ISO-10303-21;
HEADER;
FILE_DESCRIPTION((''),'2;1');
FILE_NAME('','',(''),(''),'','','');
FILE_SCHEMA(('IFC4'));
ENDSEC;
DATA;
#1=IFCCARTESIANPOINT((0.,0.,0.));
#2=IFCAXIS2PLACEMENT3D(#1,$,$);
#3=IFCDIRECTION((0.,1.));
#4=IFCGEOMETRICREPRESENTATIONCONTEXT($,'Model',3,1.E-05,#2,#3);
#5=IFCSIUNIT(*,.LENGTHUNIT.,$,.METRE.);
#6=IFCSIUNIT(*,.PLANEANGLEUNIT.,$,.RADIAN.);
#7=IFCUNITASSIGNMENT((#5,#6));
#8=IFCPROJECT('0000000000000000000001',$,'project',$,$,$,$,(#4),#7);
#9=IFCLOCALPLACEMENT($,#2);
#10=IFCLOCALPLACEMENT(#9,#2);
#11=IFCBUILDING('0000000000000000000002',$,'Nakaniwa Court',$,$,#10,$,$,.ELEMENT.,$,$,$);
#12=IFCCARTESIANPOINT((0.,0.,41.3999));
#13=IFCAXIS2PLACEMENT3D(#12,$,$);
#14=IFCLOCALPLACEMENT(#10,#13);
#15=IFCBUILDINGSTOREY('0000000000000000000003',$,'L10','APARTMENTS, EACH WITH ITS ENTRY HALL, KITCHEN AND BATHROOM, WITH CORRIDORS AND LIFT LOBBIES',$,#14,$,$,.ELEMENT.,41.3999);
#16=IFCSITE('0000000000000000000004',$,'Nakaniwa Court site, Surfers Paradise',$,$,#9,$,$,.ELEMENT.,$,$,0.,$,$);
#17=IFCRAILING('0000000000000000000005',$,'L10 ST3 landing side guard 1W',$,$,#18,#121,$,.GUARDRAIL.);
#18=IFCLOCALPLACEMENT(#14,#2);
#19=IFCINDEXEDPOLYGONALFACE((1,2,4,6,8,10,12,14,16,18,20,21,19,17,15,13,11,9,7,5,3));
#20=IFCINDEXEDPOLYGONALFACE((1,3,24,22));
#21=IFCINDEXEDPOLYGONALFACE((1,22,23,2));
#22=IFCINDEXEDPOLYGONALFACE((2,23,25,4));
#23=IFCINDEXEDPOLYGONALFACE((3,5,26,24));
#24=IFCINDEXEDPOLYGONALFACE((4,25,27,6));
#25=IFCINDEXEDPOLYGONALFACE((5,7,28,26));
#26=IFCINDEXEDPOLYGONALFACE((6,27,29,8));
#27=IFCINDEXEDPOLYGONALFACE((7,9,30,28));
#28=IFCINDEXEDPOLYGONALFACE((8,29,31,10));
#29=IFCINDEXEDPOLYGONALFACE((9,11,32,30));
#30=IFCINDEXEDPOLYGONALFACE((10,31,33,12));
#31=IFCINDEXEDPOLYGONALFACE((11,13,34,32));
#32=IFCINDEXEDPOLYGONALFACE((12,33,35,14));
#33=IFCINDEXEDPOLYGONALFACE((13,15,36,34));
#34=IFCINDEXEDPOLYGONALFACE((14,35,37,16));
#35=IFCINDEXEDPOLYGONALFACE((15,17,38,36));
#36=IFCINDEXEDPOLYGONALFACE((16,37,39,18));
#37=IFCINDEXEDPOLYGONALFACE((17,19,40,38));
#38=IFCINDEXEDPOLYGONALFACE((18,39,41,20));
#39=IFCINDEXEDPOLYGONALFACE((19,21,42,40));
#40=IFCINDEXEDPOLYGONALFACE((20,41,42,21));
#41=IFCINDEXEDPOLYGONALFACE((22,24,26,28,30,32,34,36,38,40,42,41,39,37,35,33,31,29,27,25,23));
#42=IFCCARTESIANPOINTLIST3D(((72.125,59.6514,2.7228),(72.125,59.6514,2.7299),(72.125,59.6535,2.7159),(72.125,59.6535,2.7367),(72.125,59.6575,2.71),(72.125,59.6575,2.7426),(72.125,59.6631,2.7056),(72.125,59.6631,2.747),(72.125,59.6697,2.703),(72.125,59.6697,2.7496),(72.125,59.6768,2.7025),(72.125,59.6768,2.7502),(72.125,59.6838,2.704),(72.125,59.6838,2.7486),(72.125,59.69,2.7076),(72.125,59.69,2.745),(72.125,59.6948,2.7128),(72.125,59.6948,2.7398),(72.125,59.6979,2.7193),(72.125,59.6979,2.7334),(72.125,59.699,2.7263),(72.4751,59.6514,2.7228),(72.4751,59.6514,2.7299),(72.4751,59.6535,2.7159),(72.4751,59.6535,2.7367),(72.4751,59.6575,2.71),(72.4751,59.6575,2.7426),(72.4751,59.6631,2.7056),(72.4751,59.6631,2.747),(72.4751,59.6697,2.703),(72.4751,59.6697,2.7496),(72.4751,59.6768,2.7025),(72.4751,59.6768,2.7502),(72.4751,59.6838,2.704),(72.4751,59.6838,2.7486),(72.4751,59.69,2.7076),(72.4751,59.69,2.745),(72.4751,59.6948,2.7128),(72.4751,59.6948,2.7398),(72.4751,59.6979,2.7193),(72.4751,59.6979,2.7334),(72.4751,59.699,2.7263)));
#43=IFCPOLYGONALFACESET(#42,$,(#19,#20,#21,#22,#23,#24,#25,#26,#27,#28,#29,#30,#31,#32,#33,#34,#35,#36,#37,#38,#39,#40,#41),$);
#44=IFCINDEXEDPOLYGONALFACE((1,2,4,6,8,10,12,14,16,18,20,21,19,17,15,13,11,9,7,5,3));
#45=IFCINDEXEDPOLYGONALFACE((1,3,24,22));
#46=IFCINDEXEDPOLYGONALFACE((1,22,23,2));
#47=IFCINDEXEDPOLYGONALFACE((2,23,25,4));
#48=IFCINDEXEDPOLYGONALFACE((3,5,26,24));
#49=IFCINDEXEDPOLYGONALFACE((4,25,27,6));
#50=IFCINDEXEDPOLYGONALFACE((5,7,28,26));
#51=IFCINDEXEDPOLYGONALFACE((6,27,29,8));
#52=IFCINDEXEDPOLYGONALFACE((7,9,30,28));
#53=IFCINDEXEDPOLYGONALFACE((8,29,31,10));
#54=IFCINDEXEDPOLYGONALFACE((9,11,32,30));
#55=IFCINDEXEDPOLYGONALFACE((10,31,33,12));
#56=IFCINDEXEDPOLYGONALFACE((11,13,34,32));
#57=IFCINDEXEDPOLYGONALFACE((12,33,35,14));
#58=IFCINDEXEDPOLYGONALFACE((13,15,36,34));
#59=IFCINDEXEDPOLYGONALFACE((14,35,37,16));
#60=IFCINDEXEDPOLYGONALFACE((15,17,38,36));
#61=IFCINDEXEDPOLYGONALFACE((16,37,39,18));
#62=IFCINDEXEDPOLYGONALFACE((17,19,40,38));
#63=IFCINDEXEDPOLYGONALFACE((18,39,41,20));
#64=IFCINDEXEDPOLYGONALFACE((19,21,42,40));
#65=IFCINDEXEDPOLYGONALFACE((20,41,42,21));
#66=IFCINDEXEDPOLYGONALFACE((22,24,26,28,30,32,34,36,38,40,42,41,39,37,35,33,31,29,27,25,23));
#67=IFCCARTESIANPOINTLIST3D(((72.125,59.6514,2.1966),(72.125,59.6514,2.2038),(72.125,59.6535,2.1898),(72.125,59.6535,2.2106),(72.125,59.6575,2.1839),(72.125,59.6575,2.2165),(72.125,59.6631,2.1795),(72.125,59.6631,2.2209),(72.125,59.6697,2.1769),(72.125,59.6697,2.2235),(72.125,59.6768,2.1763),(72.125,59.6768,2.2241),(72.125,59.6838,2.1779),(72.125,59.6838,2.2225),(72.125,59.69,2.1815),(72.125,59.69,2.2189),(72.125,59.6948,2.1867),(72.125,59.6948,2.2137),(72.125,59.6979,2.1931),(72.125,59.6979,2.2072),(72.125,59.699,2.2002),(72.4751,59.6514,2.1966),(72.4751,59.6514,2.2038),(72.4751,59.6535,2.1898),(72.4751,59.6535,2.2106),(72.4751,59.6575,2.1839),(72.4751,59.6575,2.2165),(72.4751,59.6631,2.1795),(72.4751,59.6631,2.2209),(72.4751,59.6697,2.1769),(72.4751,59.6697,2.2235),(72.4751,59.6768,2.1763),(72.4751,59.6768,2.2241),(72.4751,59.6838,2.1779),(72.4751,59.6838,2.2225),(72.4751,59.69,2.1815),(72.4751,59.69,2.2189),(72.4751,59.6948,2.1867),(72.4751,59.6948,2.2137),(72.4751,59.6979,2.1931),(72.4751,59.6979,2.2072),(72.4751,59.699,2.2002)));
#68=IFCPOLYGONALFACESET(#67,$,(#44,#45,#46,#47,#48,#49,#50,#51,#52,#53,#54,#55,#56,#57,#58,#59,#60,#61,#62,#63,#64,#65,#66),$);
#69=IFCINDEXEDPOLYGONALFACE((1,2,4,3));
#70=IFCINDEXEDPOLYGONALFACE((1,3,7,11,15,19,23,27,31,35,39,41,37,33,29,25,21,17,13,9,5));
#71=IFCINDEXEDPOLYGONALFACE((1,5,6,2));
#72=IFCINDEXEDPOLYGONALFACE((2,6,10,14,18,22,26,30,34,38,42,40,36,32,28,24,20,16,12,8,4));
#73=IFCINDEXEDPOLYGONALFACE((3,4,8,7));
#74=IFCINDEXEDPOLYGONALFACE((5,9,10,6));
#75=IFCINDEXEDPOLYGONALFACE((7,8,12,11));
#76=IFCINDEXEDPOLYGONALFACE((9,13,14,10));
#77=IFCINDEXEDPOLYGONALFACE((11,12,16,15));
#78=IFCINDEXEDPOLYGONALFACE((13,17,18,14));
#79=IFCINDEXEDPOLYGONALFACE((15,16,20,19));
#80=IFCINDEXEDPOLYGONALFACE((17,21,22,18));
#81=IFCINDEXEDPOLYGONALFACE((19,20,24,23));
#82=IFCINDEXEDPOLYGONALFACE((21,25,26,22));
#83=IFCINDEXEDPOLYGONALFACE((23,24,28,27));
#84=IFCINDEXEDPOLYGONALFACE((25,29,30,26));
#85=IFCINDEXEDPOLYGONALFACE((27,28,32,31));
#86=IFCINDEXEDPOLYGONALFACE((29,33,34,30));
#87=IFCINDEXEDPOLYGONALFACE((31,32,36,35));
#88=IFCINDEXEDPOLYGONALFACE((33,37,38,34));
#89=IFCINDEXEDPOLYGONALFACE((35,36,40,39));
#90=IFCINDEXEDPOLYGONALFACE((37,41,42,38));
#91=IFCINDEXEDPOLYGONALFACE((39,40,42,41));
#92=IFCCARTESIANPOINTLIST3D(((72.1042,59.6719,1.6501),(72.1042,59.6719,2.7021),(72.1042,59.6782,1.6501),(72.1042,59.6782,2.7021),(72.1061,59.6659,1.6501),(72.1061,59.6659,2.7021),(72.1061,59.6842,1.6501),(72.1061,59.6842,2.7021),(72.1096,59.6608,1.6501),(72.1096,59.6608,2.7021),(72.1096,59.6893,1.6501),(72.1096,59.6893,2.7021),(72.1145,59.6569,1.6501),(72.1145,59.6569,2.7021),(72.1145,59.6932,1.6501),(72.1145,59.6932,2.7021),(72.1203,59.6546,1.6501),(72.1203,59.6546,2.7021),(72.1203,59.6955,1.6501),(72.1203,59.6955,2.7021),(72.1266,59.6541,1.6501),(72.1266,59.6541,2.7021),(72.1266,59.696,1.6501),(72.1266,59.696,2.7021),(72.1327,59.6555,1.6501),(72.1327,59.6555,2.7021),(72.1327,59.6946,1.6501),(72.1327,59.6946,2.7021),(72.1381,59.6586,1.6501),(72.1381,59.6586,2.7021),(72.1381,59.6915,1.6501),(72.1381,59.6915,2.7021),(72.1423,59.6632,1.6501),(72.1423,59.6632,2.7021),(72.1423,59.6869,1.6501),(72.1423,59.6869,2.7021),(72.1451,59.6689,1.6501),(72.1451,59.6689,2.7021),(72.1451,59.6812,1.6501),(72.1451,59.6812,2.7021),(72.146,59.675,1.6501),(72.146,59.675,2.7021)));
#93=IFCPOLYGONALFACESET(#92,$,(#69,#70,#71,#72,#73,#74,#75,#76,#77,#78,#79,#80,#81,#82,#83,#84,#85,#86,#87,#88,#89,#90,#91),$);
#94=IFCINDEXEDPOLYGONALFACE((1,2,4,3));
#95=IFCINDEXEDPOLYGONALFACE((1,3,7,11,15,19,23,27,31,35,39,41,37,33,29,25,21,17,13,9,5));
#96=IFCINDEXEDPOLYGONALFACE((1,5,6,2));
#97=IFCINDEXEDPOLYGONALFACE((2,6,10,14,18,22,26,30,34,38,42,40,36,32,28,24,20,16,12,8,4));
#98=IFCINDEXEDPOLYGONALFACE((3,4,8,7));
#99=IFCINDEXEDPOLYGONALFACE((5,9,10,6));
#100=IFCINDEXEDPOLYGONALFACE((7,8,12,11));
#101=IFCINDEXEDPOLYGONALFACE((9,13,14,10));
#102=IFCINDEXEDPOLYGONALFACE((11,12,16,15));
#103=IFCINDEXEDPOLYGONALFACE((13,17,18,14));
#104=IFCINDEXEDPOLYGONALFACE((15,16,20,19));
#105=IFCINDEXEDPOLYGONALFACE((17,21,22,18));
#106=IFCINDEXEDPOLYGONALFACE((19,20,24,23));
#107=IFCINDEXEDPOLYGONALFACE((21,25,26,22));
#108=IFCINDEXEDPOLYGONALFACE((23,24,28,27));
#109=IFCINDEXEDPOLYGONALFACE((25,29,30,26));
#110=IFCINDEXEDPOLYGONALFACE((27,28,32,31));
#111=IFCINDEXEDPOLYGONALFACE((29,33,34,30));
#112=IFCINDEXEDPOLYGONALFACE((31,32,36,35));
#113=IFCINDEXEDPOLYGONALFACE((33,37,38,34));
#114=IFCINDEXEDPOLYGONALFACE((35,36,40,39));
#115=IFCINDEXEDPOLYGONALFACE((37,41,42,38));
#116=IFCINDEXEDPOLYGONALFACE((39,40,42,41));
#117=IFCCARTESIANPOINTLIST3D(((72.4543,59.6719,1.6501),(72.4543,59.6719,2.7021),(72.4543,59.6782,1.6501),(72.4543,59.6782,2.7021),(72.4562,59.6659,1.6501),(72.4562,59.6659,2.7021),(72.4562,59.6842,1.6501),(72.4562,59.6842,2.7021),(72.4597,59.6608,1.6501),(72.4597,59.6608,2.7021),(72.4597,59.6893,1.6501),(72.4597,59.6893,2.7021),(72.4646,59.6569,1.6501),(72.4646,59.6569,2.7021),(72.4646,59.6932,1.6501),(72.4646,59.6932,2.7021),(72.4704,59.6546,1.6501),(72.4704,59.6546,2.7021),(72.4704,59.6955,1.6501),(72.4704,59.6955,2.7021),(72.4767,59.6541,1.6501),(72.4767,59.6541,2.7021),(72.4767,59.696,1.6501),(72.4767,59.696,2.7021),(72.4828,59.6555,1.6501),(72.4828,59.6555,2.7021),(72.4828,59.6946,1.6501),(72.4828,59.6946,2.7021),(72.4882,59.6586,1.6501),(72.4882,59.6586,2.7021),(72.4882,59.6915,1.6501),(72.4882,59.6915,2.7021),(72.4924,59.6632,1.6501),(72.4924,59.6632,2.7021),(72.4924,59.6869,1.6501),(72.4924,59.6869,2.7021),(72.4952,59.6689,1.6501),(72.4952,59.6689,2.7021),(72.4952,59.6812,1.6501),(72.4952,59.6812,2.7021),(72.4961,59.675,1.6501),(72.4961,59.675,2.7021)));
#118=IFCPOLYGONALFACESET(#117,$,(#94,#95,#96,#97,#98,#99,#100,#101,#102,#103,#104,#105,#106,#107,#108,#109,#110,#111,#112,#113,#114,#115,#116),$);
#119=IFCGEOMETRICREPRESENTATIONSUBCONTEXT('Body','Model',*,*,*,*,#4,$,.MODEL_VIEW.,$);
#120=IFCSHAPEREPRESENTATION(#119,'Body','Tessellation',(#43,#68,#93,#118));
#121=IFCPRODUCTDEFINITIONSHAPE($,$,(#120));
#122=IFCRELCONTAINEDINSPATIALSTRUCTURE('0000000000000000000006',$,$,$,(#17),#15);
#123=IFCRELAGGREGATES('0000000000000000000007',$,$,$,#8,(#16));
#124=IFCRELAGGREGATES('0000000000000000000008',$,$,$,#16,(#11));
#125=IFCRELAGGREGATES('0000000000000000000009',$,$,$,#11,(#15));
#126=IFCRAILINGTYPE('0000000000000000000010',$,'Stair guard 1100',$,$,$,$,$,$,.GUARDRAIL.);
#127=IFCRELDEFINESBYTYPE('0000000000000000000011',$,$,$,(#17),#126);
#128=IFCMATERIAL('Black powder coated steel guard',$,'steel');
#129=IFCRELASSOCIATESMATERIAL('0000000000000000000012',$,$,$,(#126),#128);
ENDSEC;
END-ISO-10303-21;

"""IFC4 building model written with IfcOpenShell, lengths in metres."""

from ifc_helpers import new_model, si_unit, direction, frame, origin, origin_2d, place, context, subcontext, project, spatial, circle, extrude, material, type_object, element, save


model = new_model("IFC4")

# Units and contexts
model_context = context("Model", 3, precision=1e-05, world=origin(), true_north=direction((0.0, 1.0)))
body_context = subcontext(model_context, "Body", "Model", "MODEL_VIEW")
ifc_project = project(units=[si_unit("LENGTHUNIT", "METRE"), si_unit("PLANEANGLEUNIT", "RADIAN")], contexts=[model_context])

# Site, building, storey
site_placement = place(None, origin())
site = spatial("IfcSite", under=ifc_project, at=site_placement, Name="Nakaniwa Court site, Surfers Paradise", CompositionType="ELEMENT", RefElevation=0.0)
building_placement = place(site_placement, origin())
building = spatial("IfcBuilding", under=site, at=building_placement, Name="Nakaniwa Court", CompositionType="ELEMENT")
storey_placement = place(building_placement, frame((0.0, 0.0, 41.3999)))
storey = spatial("IfcBuildingStorey", under=building, at=storey_placement, Name="L10", Description="APARTMENTS, EACH WITH ITS ENTRY HALL, KITCHEN AND BATHROOM, WITH CORRIDORS AND LIFT LOBBIES", CompositionType="ELEMENT", Elevation=41.3999)

# Railing
ifc_material_1 = material(Name="Black powder coated steel guard", Category="steel")
railing_type_1 = type_object("IfcRailingType", Name="Stair guard 1100", PredefinedType="GUARDRAIL", material=ifc_material_1)
for number, where, name in (
    (1, (72.125, 59.675, 1.6501), "L10 ST3 landing side guard 1W"),
):
    element("IfcRailing", number, at=place(storey_placement, frame(where)), inside=storey, type_object=railing_type_1, Name=name, PredefinedType="GUARDRAIL", context=body_context, shape_type="SweptSolid", body=[
        extrude(circle(Radius=0.0239, at=origin_2d()), frame((0.0, 0.0, 1.0762), z_axis=(1.0, 0.0, 0.0), x_axis=(0.0, 1.0, 0.0)), (0.0, 0.0, 1.0), 0.3501),
        extrude(circle(Radius=0.0239, at=origin_2d()), frame((0.0, 0.0, 0.55), z_axis=(1.0, 0.0, 0.0), x_axis=(0.0, 1.0, 0.0)), (0.0, 0.0, 1.0), 0.3501),
        extrude(circle(Radius=0.021, at=origin_2d()), origin(), (0.0, 0.0, 1.0), 1.052),
        extrude(circle(Radius=0.021, at=origin_2d()), frame((0.3501, 0.0, 0.0)), (0.0, 0.0, 1.0), 1.052),
    ])

save(model, "model.ifc")
